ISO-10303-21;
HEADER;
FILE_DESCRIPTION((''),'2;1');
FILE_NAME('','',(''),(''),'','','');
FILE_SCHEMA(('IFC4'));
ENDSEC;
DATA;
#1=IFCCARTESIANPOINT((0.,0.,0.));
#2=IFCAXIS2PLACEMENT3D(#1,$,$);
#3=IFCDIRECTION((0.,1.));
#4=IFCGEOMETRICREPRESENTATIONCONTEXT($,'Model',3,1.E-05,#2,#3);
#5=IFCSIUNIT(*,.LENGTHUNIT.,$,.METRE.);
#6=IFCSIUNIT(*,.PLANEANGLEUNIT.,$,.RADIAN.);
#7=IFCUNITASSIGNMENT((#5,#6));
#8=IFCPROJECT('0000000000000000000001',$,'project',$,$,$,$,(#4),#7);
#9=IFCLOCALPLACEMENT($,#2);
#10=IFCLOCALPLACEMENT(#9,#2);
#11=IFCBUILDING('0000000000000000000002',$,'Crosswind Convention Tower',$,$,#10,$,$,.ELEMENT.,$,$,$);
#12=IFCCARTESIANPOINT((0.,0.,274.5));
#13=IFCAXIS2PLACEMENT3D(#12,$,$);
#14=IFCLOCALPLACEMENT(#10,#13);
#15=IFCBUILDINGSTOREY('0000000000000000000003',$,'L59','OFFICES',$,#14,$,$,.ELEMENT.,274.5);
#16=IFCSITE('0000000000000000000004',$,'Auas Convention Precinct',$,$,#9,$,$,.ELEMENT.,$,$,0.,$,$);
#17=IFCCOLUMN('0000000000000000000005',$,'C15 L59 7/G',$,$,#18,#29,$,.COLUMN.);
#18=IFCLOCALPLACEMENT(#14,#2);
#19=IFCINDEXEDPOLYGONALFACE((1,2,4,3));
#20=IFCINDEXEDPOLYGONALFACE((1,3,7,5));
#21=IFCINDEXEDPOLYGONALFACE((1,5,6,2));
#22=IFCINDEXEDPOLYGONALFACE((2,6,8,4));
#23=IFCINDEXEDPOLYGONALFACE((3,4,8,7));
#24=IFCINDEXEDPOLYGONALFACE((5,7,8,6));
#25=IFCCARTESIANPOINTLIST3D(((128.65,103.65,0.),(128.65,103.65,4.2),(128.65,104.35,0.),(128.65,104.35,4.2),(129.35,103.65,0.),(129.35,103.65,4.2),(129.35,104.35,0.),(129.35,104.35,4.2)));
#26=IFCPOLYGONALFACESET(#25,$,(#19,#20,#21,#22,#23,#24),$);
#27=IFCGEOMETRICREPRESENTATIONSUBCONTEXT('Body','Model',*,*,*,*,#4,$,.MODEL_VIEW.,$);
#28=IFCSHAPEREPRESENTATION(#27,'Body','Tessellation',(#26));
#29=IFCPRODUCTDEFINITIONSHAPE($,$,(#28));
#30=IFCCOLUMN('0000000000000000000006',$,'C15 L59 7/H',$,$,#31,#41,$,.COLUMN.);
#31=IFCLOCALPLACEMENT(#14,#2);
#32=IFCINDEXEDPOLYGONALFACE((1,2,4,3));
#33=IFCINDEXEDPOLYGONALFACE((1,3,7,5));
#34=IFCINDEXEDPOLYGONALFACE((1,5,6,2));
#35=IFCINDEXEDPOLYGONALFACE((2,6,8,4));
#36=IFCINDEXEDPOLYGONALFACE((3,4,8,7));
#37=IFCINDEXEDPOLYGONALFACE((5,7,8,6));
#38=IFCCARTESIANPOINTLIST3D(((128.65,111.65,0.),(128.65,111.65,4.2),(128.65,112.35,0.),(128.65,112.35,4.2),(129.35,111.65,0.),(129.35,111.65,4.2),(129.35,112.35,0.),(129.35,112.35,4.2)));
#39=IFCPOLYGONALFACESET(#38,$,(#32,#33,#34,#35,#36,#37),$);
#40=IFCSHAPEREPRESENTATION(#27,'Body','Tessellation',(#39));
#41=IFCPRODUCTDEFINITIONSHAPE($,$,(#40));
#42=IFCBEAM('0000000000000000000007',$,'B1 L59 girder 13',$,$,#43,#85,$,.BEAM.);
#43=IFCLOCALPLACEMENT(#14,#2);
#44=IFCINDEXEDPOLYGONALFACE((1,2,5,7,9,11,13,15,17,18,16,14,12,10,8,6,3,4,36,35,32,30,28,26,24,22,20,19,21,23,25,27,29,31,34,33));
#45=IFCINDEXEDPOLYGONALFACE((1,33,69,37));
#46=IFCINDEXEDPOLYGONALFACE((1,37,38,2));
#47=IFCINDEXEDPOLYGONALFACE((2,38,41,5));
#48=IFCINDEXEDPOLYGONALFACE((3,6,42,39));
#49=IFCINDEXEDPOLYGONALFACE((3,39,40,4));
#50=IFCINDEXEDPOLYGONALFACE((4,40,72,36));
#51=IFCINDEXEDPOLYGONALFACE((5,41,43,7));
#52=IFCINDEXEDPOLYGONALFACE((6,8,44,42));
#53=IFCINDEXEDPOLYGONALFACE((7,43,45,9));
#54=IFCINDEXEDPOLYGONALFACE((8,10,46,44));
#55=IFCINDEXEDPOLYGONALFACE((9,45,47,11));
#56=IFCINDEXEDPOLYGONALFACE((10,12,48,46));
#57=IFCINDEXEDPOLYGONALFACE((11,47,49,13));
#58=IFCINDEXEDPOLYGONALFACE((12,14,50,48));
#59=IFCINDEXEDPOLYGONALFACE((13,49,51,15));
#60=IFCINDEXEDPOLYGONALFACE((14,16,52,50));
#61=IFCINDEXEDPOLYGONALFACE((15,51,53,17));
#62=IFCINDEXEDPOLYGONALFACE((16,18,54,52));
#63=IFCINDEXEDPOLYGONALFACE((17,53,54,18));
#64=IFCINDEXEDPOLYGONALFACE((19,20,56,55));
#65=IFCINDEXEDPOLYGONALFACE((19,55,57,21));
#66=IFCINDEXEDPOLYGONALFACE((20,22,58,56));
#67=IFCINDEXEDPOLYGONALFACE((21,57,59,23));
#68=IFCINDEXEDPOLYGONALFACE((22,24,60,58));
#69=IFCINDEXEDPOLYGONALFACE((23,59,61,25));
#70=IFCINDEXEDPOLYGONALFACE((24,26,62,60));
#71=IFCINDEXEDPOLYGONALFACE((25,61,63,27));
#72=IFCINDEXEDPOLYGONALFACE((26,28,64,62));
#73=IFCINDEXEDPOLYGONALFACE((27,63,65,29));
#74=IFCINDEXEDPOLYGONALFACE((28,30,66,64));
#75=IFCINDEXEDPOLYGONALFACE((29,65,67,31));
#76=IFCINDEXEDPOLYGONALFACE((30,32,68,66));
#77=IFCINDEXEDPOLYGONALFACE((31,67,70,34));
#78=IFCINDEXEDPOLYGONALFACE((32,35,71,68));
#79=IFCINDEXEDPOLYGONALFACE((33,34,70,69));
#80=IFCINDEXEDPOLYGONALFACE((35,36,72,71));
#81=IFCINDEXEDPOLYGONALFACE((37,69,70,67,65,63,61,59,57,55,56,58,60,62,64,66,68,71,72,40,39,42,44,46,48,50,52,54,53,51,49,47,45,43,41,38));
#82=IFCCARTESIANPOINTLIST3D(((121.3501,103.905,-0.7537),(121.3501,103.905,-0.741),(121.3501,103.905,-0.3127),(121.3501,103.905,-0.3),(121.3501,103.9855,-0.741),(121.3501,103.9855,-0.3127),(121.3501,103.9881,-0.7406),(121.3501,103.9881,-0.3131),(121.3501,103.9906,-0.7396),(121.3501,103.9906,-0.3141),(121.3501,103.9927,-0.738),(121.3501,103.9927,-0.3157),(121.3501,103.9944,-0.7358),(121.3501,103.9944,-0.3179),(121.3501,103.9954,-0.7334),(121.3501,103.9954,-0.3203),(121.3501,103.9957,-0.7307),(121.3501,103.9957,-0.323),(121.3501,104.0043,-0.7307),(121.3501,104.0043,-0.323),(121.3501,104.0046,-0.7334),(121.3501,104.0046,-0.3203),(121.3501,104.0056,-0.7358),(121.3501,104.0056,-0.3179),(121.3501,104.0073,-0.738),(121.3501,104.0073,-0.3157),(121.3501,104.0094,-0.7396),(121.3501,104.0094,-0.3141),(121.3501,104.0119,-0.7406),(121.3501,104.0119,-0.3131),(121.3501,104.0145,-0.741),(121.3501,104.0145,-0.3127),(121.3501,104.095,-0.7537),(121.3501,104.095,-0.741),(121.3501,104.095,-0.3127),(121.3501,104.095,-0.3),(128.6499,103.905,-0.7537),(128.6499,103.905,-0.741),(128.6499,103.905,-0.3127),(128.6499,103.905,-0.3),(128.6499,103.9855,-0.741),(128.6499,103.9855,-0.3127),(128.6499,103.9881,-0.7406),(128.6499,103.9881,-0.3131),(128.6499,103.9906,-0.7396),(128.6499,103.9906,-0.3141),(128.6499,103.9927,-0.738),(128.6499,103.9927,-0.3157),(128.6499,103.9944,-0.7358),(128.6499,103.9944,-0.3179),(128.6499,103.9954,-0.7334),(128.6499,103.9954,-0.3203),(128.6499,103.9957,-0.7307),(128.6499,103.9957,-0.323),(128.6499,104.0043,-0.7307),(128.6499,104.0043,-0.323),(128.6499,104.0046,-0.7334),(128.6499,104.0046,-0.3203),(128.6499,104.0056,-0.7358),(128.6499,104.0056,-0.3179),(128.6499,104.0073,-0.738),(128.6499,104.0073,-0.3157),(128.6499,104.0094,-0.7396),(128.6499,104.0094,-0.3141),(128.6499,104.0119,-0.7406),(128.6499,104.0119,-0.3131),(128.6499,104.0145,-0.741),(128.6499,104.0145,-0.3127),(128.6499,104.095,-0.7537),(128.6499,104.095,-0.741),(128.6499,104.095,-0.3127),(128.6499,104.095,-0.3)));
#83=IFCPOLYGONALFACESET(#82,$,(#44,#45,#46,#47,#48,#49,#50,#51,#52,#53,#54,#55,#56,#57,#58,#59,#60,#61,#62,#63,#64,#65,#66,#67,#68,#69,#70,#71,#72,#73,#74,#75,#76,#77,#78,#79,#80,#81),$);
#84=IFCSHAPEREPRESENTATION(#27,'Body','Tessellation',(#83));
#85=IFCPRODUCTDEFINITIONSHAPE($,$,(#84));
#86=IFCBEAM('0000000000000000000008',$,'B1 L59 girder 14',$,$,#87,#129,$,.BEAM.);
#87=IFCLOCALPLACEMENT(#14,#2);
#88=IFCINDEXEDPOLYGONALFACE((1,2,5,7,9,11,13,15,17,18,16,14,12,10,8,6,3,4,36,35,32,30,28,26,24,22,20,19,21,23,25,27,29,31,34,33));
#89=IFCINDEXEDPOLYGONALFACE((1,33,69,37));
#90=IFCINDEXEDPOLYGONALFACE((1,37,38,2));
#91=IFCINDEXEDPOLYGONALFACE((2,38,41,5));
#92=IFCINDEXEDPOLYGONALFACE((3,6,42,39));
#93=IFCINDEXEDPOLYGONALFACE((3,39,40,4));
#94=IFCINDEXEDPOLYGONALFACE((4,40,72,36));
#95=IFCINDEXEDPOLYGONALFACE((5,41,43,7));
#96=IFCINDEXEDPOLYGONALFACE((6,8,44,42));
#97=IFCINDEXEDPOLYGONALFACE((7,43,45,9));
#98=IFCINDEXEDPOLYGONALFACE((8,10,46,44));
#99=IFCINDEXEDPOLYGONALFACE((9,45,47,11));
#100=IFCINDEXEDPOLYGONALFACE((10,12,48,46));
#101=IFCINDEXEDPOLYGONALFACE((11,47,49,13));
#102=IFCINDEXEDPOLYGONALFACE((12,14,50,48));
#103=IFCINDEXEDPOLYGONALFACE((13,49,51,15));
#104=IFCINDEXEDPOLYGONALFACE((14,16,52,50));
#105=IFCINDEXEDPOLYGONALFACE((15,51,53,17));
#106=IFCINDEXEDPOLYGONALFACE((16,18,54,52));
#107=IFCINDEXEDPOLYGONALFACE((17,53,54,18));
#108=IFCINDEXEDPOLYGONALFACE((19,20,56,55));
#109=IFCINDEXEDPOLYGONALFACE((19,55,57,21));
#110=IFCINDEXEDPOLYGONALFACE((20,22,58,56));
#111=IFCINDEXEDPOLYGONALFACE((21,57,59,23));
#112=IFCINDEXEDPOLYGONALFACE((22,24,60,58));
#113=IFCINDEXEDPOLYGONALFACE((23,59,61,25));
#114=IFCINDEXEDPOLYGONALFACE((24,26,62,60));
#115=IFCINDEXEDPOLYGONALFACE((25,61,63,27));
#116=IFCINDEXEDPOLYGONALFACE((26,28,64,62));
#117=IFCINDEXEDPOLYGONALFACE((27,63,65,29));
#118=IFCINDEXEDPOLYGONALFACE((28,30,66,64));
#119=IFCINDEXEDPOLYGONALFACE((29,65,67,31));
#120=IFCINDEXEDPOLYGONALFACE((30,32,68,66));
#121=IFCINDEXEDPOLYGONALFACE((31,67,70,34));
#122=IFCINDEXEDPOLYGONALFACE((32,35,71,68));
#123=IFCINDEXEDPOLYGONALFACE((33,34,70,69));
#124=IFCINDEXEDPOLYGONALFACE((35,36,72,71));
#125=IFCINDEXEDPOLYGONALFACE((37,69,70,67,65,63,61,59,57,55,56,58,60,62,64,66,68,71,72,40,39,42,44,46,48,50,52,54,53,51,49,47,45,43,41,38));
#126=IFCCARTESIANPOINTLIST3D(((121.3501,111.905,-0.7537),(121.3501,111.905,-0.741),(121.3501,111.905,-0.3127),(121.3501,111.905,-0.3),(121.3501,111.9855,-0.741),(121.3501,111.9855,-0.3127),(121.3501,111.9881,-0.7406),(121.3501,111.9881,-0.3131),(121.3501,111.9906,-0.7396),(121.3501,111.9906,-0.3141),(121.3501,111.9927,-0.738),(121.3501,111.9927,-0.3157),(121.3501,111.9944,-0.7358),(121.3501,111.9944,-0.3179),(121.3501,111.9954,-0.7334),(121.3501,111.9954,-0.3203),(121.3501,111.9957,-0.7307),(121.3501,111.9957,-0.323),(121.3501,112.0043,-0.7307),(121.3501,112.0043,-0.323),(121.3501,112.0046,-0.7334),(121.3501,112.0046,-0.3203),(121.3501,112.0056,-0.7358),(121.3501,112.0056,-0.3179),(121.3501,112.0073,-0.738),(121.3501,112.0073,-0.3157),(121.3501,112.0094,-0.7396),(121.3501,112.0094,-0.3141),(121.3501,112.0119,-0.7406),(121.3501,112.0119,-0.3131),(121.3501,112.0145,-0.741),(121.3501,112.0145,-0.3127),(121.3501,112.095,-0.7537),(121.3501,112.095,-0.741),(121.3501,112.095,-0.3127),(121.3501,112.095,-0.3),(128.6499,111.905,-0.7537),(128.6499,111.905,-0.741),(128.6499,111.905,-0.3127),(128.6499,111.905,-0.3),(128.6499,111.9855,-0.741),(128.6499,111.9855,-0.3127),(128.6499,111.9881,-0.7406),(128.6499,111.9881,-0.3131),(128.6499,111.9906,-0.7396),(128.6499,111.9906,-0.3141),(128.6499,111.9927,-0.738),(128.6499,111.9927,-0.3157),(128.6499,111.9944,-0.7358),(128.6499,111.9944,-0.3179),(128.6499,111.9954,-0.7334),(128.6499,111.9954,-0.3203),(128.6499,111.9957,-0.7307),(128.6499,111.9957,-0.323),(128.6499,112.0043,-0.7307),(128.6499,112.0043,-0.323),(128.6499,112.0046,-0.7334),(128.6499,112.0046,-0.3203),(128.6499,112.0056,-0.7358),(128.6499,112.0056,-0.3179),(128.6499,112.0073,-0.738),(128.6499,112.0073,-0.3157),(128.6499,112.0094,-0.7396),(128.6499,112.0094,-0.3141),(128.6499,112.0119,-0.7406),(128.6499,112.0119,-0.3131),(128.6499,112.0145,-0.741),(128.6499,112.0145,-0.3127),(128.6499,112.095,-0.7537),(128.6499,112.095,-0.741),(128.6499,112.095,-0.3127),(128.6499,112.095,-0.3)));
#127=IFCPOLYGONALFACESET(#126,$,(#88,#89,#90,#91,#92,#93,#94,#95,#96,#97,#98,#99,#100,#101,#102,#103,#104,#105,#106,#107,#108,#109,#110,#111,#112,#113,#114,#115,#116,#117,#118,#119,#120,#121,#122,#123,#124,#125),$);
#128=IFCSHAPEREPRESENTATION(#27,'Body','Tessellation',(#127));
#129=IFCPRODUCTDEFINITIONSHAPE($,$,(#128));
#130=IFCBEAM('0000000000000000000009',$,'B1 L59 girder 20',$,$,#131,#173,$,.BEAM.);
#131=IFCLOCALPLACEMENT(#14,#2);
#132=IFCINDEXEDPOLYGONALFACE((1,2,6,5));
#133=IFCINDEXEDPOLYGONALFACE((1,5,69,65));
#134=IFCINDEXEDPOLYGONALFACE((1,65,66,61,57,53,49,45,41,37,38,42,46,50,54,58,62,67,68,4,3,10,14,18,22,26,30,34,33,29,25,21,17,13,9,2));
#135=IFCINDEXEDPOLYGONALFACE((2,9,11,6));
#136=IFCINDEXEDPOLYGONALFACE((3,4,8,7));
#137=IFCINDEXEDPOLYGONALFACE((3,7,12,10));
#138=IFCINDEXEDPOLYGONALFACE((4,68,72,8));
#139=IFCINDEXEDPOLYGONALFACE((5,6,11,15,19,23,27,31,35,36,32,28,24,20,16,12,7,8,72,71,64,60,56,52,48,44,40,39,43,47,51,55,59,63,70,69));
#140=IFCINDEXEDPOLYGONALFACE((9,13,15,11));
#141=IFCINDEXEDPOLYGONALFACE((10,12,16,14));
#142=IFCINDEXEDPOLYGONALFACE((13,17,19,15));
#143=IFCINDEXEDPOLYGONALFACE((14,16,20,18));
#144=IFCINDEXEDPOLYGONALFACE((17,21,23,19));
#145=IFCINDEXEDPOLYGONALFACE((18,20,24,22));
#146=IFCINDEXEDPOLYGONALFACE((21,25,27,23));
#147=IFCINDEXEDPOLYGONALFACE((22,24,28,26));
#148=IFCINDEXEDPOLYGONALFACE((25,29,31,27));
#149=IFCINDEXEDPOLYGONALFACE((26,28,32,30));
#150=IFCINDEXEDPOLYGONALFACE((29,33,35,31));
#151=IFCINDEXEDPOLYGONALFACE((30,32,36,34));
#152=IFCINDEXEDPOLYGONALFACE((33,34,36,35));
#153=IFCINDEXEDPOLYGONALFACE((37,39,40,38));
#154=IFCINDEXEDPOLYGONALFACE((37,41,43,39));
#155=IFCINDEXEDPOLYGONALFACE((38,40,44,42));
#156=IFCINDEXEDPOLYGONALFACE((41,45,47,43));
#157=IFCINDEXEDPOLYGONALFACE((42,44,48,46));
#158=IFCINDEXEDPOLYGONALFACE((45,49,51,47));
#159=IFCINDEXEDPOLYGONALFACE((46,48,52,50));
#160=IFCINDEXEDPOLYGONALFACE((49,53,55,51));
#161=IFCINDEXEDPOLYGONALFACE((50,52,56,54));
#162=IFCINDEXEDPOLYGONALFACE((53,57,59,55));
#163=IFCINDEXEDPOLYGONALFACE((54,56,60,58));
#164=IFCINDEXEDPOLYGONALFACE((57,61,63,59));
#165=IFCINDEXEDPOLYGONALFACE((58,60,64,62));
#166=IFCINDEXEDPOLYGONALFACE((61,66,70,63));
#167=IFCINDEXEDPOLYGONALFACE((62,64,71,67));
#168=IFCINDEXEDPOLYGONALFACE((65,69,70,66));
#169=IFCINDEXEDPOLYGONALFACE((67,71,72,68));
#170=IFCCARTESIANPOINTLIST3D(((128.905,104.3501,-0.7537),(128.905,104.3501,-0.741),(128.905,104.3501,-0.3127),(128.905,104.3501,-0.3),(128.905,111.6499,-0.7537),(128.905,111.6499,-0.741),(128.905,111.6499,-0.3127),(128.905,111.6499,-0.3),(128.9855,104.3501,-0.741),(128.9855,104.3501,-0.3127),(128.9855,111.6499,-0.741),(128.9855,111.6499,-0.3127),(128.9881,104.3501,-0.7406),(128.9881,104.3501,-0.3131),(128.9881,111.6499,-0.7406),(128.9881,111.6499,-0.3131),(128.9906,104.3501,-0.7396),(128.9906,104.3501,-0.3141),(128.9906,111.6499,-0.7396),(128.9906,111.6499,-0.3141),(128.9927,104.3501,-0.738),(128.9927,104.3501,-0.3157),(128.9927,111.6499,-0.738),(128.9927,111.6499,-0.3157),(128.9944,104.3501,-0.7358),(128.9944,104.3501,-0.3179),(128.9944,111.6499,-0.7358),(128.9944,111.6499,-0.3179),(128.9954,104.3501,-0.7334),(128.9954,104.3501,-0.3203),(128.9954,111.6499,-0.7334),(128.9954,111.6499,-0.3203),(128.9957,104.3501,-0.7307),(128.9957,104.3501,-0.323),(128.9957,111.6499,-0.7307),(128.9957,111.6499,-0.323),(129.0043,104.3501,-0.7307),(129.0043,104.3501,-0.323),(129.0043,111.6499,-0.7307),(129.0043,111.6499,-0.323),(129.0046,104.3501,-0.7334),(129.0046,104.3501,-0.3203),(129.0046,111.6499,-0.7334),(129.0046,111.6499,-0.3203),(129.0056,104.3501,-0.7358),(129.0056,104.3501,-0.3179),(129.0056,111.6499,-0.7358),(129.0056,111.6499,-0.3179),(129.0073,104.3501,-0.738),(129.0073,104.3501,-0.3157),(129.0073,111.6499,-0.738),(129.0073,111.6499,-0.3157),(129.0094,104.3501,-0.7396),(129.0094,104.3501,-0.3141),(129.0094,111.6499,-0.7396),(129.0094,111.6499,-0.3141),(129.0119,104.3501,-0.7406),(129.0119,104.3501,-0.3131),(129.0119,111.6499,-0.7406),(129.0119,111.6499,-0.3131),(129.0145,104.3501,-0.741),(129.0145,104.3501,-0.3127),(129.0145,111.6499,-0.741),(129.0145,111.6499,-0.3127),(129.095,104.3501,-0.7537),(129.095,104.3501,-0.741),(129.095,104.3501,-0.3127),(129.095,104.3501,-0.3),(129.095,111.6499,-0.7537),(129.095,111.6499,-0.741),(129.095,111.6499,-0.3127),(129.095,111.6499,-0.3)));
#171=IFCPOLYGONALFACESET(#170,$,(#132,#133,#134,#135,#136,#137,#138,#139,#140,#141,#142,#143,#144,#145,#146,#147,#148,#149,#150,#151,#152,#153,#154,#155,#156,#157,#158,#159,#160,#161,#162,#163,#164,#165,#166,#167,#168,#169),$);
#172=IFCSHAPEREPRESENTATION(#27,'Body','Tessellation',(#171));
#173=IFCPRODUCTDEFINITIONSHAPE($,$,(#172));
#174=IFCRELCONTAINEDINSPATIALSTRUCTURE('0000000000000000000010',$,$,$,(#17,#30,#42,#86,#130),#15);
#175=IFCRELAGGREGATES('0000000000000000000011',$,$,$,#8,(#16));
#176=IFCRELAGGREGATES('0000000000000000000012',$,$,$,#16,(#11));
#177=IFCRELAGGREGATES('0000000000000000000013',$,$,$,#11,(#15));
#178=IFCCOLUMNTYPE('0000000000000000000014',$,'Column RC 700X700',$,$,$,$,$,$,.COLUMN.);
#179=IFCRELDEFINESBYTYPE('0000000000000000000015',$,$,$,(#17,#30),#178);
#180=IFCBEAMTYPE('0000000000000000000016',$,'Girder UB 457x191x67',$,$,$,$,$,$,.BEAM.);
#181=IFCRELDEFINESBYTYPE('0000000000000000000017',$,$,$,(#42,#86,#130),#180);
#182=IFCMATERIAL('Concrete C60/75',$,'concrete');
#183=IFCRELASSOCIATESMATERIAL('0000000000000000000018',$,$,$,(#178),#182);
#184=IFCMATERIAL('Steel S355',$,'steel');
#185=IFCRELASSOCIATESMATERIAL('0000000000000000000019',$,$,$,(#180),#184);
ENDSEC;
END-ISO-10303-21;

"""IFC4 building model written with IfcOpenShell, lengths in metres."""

from ifc_helpers import new_model, si_unit, direction, frame, origin, origin_2d, place, context, subcontext, project, spatial, rectangle, i_section, extrude, material, material_profile, profile_set, type_object, element, save


model = new_model("IFC4")

# Units and contexts
model_context = context("Model", 3, precision=1e-05, world=origin(), true_north=direction((0.0, 1.0)))
body_context = subcontext(model_context, "Body", "Model", "MODEL_VIEW")
ifc_project = project(units=[si_unit("LENGTHUNIT", "METRE"), si_unit("PLANEANGLEUNIT", "RADIAN")], contexts=[model_context])

# Site, building, storey
site_placement = place(None, origin())
site = spatial("IfcSite", under=ifc_project, at=site_placement, Name="Auas Convention Precinct", CompositionType="ELEMENT", RefElevation=0.0)
building_placement = place(site_placement, origin())
building = spatial("IfcBuilding", under=site, at=building_placement, Name="Crosswind Convention Tower", CompositionType="ELEMENT")
storey_placement = place(building_placement, frame((0.0, 0.0, 274.5)))
storey = spatial("IfcBuildingStorey", under=building, at=storey_placement, Name="L59", Description="OFFICES", CompositionType="ELEMENT", Elevation=274.5)

# Columns
ifc_material_1 = material(Name="Concrete C60/75", Category="concrete")
ifc_material_profile_1 = material_profile(ifc_material_1, rectangle(XDim=0.7, YDim=0.7, at=origin_2d()), Name="RC 700X700")
ifc_profile_set_1 = profile_set([ifc_material_profile_1], Name="Concrete C60/75")
column_type = type_object("IfcColumnType", Name="Column RC 700X700", PredefinedType="COLUMN", material=ifc_profile_set_1)
for number, where, z_axis, x_axis, name in (
    (1, (129.0, 104.0, 0.0), (0.0, 0.0, 1.0), (1.0, 0.0, 0.0), "C15 L59 7/G"),
    (2, (129.0, 112.0, 0.0), (0.0, 0.0, 1.0), (1.0, 0.0, 0.0), "C15 L59 7/H"),
):
    element("IfcColumn", number, at=place(storey_placement, frame(where, z_axis=z_axis, x_axis=x_axis)), inside=storey, type_object=column_type, Name=name, PredefinedType="COLUMN", context=body_context, shape_type="SweptSolid", body=[
        extrude(rectangle(XDim=0.7, YDim=0.7, at=origin_2d()), origin(), (0.0, 0.0, 1.0), 4.2),
    ])

# Beams
ifc_material_2 = material(Name="Steel S355", Category="steel")
ifc_material_profile_2 = material_profile(ifc_material_2, i_section(OverallWidth=0.1899, OverallDepth=0.4536, WebThickness=0.0085, FlangeThickness=0.0127, FilletRadius=0.0103, at=origin_2d()), Name="UB 457x191x67")
ifc_profile_set_2 = profile_set([ifc_material_profile_2], Name="Steel S355")
beam_type_1 = type_object("IfcBeamType", Name="Girder UB 457x191x67", PredefinedType="BEAM", material=ifc_profile_set_2)
for number, where, z_axis, x_axis, name in (
    (3, (121.3501, 104.0, -0.5269), (1.0, 0.0, 0.0), (0.0, 1.0, 0.0), "B1 L59 girder 13"),
    (4, (121.3501, 112.0, -0.5269), (1.0, 0.0, 0.0), (0.0, 1.0, 0.0), "B1 L59 girder 14"),
    (5, (129.0, 104.3501, -0.5269), (0.0, 1.0, 0.0), (-1.0, 0.0, 0.0), "B1 L59 girder 20"),
):
    element("IfcBeam", number, at=place(storey_placement, frame(where, z_axis=z_axis, x_axis=x_axis)), inside=storey, type_object=beam_type_1, Name=name, PredefinedType="BEAM", context=body_context, shape_type="SweptSolid", body=[
        extrude(i_section(OverallWidth=0.1899, OverallDepth=0.4536, WebThickness=0.0085, FlangeThickness=0.0127, FilletRadius=0.0103, at=origin_2d()), origin(), (0.0, 0.0, 1.0), 7.2998),
    ])

save(model, "model.ifc")
